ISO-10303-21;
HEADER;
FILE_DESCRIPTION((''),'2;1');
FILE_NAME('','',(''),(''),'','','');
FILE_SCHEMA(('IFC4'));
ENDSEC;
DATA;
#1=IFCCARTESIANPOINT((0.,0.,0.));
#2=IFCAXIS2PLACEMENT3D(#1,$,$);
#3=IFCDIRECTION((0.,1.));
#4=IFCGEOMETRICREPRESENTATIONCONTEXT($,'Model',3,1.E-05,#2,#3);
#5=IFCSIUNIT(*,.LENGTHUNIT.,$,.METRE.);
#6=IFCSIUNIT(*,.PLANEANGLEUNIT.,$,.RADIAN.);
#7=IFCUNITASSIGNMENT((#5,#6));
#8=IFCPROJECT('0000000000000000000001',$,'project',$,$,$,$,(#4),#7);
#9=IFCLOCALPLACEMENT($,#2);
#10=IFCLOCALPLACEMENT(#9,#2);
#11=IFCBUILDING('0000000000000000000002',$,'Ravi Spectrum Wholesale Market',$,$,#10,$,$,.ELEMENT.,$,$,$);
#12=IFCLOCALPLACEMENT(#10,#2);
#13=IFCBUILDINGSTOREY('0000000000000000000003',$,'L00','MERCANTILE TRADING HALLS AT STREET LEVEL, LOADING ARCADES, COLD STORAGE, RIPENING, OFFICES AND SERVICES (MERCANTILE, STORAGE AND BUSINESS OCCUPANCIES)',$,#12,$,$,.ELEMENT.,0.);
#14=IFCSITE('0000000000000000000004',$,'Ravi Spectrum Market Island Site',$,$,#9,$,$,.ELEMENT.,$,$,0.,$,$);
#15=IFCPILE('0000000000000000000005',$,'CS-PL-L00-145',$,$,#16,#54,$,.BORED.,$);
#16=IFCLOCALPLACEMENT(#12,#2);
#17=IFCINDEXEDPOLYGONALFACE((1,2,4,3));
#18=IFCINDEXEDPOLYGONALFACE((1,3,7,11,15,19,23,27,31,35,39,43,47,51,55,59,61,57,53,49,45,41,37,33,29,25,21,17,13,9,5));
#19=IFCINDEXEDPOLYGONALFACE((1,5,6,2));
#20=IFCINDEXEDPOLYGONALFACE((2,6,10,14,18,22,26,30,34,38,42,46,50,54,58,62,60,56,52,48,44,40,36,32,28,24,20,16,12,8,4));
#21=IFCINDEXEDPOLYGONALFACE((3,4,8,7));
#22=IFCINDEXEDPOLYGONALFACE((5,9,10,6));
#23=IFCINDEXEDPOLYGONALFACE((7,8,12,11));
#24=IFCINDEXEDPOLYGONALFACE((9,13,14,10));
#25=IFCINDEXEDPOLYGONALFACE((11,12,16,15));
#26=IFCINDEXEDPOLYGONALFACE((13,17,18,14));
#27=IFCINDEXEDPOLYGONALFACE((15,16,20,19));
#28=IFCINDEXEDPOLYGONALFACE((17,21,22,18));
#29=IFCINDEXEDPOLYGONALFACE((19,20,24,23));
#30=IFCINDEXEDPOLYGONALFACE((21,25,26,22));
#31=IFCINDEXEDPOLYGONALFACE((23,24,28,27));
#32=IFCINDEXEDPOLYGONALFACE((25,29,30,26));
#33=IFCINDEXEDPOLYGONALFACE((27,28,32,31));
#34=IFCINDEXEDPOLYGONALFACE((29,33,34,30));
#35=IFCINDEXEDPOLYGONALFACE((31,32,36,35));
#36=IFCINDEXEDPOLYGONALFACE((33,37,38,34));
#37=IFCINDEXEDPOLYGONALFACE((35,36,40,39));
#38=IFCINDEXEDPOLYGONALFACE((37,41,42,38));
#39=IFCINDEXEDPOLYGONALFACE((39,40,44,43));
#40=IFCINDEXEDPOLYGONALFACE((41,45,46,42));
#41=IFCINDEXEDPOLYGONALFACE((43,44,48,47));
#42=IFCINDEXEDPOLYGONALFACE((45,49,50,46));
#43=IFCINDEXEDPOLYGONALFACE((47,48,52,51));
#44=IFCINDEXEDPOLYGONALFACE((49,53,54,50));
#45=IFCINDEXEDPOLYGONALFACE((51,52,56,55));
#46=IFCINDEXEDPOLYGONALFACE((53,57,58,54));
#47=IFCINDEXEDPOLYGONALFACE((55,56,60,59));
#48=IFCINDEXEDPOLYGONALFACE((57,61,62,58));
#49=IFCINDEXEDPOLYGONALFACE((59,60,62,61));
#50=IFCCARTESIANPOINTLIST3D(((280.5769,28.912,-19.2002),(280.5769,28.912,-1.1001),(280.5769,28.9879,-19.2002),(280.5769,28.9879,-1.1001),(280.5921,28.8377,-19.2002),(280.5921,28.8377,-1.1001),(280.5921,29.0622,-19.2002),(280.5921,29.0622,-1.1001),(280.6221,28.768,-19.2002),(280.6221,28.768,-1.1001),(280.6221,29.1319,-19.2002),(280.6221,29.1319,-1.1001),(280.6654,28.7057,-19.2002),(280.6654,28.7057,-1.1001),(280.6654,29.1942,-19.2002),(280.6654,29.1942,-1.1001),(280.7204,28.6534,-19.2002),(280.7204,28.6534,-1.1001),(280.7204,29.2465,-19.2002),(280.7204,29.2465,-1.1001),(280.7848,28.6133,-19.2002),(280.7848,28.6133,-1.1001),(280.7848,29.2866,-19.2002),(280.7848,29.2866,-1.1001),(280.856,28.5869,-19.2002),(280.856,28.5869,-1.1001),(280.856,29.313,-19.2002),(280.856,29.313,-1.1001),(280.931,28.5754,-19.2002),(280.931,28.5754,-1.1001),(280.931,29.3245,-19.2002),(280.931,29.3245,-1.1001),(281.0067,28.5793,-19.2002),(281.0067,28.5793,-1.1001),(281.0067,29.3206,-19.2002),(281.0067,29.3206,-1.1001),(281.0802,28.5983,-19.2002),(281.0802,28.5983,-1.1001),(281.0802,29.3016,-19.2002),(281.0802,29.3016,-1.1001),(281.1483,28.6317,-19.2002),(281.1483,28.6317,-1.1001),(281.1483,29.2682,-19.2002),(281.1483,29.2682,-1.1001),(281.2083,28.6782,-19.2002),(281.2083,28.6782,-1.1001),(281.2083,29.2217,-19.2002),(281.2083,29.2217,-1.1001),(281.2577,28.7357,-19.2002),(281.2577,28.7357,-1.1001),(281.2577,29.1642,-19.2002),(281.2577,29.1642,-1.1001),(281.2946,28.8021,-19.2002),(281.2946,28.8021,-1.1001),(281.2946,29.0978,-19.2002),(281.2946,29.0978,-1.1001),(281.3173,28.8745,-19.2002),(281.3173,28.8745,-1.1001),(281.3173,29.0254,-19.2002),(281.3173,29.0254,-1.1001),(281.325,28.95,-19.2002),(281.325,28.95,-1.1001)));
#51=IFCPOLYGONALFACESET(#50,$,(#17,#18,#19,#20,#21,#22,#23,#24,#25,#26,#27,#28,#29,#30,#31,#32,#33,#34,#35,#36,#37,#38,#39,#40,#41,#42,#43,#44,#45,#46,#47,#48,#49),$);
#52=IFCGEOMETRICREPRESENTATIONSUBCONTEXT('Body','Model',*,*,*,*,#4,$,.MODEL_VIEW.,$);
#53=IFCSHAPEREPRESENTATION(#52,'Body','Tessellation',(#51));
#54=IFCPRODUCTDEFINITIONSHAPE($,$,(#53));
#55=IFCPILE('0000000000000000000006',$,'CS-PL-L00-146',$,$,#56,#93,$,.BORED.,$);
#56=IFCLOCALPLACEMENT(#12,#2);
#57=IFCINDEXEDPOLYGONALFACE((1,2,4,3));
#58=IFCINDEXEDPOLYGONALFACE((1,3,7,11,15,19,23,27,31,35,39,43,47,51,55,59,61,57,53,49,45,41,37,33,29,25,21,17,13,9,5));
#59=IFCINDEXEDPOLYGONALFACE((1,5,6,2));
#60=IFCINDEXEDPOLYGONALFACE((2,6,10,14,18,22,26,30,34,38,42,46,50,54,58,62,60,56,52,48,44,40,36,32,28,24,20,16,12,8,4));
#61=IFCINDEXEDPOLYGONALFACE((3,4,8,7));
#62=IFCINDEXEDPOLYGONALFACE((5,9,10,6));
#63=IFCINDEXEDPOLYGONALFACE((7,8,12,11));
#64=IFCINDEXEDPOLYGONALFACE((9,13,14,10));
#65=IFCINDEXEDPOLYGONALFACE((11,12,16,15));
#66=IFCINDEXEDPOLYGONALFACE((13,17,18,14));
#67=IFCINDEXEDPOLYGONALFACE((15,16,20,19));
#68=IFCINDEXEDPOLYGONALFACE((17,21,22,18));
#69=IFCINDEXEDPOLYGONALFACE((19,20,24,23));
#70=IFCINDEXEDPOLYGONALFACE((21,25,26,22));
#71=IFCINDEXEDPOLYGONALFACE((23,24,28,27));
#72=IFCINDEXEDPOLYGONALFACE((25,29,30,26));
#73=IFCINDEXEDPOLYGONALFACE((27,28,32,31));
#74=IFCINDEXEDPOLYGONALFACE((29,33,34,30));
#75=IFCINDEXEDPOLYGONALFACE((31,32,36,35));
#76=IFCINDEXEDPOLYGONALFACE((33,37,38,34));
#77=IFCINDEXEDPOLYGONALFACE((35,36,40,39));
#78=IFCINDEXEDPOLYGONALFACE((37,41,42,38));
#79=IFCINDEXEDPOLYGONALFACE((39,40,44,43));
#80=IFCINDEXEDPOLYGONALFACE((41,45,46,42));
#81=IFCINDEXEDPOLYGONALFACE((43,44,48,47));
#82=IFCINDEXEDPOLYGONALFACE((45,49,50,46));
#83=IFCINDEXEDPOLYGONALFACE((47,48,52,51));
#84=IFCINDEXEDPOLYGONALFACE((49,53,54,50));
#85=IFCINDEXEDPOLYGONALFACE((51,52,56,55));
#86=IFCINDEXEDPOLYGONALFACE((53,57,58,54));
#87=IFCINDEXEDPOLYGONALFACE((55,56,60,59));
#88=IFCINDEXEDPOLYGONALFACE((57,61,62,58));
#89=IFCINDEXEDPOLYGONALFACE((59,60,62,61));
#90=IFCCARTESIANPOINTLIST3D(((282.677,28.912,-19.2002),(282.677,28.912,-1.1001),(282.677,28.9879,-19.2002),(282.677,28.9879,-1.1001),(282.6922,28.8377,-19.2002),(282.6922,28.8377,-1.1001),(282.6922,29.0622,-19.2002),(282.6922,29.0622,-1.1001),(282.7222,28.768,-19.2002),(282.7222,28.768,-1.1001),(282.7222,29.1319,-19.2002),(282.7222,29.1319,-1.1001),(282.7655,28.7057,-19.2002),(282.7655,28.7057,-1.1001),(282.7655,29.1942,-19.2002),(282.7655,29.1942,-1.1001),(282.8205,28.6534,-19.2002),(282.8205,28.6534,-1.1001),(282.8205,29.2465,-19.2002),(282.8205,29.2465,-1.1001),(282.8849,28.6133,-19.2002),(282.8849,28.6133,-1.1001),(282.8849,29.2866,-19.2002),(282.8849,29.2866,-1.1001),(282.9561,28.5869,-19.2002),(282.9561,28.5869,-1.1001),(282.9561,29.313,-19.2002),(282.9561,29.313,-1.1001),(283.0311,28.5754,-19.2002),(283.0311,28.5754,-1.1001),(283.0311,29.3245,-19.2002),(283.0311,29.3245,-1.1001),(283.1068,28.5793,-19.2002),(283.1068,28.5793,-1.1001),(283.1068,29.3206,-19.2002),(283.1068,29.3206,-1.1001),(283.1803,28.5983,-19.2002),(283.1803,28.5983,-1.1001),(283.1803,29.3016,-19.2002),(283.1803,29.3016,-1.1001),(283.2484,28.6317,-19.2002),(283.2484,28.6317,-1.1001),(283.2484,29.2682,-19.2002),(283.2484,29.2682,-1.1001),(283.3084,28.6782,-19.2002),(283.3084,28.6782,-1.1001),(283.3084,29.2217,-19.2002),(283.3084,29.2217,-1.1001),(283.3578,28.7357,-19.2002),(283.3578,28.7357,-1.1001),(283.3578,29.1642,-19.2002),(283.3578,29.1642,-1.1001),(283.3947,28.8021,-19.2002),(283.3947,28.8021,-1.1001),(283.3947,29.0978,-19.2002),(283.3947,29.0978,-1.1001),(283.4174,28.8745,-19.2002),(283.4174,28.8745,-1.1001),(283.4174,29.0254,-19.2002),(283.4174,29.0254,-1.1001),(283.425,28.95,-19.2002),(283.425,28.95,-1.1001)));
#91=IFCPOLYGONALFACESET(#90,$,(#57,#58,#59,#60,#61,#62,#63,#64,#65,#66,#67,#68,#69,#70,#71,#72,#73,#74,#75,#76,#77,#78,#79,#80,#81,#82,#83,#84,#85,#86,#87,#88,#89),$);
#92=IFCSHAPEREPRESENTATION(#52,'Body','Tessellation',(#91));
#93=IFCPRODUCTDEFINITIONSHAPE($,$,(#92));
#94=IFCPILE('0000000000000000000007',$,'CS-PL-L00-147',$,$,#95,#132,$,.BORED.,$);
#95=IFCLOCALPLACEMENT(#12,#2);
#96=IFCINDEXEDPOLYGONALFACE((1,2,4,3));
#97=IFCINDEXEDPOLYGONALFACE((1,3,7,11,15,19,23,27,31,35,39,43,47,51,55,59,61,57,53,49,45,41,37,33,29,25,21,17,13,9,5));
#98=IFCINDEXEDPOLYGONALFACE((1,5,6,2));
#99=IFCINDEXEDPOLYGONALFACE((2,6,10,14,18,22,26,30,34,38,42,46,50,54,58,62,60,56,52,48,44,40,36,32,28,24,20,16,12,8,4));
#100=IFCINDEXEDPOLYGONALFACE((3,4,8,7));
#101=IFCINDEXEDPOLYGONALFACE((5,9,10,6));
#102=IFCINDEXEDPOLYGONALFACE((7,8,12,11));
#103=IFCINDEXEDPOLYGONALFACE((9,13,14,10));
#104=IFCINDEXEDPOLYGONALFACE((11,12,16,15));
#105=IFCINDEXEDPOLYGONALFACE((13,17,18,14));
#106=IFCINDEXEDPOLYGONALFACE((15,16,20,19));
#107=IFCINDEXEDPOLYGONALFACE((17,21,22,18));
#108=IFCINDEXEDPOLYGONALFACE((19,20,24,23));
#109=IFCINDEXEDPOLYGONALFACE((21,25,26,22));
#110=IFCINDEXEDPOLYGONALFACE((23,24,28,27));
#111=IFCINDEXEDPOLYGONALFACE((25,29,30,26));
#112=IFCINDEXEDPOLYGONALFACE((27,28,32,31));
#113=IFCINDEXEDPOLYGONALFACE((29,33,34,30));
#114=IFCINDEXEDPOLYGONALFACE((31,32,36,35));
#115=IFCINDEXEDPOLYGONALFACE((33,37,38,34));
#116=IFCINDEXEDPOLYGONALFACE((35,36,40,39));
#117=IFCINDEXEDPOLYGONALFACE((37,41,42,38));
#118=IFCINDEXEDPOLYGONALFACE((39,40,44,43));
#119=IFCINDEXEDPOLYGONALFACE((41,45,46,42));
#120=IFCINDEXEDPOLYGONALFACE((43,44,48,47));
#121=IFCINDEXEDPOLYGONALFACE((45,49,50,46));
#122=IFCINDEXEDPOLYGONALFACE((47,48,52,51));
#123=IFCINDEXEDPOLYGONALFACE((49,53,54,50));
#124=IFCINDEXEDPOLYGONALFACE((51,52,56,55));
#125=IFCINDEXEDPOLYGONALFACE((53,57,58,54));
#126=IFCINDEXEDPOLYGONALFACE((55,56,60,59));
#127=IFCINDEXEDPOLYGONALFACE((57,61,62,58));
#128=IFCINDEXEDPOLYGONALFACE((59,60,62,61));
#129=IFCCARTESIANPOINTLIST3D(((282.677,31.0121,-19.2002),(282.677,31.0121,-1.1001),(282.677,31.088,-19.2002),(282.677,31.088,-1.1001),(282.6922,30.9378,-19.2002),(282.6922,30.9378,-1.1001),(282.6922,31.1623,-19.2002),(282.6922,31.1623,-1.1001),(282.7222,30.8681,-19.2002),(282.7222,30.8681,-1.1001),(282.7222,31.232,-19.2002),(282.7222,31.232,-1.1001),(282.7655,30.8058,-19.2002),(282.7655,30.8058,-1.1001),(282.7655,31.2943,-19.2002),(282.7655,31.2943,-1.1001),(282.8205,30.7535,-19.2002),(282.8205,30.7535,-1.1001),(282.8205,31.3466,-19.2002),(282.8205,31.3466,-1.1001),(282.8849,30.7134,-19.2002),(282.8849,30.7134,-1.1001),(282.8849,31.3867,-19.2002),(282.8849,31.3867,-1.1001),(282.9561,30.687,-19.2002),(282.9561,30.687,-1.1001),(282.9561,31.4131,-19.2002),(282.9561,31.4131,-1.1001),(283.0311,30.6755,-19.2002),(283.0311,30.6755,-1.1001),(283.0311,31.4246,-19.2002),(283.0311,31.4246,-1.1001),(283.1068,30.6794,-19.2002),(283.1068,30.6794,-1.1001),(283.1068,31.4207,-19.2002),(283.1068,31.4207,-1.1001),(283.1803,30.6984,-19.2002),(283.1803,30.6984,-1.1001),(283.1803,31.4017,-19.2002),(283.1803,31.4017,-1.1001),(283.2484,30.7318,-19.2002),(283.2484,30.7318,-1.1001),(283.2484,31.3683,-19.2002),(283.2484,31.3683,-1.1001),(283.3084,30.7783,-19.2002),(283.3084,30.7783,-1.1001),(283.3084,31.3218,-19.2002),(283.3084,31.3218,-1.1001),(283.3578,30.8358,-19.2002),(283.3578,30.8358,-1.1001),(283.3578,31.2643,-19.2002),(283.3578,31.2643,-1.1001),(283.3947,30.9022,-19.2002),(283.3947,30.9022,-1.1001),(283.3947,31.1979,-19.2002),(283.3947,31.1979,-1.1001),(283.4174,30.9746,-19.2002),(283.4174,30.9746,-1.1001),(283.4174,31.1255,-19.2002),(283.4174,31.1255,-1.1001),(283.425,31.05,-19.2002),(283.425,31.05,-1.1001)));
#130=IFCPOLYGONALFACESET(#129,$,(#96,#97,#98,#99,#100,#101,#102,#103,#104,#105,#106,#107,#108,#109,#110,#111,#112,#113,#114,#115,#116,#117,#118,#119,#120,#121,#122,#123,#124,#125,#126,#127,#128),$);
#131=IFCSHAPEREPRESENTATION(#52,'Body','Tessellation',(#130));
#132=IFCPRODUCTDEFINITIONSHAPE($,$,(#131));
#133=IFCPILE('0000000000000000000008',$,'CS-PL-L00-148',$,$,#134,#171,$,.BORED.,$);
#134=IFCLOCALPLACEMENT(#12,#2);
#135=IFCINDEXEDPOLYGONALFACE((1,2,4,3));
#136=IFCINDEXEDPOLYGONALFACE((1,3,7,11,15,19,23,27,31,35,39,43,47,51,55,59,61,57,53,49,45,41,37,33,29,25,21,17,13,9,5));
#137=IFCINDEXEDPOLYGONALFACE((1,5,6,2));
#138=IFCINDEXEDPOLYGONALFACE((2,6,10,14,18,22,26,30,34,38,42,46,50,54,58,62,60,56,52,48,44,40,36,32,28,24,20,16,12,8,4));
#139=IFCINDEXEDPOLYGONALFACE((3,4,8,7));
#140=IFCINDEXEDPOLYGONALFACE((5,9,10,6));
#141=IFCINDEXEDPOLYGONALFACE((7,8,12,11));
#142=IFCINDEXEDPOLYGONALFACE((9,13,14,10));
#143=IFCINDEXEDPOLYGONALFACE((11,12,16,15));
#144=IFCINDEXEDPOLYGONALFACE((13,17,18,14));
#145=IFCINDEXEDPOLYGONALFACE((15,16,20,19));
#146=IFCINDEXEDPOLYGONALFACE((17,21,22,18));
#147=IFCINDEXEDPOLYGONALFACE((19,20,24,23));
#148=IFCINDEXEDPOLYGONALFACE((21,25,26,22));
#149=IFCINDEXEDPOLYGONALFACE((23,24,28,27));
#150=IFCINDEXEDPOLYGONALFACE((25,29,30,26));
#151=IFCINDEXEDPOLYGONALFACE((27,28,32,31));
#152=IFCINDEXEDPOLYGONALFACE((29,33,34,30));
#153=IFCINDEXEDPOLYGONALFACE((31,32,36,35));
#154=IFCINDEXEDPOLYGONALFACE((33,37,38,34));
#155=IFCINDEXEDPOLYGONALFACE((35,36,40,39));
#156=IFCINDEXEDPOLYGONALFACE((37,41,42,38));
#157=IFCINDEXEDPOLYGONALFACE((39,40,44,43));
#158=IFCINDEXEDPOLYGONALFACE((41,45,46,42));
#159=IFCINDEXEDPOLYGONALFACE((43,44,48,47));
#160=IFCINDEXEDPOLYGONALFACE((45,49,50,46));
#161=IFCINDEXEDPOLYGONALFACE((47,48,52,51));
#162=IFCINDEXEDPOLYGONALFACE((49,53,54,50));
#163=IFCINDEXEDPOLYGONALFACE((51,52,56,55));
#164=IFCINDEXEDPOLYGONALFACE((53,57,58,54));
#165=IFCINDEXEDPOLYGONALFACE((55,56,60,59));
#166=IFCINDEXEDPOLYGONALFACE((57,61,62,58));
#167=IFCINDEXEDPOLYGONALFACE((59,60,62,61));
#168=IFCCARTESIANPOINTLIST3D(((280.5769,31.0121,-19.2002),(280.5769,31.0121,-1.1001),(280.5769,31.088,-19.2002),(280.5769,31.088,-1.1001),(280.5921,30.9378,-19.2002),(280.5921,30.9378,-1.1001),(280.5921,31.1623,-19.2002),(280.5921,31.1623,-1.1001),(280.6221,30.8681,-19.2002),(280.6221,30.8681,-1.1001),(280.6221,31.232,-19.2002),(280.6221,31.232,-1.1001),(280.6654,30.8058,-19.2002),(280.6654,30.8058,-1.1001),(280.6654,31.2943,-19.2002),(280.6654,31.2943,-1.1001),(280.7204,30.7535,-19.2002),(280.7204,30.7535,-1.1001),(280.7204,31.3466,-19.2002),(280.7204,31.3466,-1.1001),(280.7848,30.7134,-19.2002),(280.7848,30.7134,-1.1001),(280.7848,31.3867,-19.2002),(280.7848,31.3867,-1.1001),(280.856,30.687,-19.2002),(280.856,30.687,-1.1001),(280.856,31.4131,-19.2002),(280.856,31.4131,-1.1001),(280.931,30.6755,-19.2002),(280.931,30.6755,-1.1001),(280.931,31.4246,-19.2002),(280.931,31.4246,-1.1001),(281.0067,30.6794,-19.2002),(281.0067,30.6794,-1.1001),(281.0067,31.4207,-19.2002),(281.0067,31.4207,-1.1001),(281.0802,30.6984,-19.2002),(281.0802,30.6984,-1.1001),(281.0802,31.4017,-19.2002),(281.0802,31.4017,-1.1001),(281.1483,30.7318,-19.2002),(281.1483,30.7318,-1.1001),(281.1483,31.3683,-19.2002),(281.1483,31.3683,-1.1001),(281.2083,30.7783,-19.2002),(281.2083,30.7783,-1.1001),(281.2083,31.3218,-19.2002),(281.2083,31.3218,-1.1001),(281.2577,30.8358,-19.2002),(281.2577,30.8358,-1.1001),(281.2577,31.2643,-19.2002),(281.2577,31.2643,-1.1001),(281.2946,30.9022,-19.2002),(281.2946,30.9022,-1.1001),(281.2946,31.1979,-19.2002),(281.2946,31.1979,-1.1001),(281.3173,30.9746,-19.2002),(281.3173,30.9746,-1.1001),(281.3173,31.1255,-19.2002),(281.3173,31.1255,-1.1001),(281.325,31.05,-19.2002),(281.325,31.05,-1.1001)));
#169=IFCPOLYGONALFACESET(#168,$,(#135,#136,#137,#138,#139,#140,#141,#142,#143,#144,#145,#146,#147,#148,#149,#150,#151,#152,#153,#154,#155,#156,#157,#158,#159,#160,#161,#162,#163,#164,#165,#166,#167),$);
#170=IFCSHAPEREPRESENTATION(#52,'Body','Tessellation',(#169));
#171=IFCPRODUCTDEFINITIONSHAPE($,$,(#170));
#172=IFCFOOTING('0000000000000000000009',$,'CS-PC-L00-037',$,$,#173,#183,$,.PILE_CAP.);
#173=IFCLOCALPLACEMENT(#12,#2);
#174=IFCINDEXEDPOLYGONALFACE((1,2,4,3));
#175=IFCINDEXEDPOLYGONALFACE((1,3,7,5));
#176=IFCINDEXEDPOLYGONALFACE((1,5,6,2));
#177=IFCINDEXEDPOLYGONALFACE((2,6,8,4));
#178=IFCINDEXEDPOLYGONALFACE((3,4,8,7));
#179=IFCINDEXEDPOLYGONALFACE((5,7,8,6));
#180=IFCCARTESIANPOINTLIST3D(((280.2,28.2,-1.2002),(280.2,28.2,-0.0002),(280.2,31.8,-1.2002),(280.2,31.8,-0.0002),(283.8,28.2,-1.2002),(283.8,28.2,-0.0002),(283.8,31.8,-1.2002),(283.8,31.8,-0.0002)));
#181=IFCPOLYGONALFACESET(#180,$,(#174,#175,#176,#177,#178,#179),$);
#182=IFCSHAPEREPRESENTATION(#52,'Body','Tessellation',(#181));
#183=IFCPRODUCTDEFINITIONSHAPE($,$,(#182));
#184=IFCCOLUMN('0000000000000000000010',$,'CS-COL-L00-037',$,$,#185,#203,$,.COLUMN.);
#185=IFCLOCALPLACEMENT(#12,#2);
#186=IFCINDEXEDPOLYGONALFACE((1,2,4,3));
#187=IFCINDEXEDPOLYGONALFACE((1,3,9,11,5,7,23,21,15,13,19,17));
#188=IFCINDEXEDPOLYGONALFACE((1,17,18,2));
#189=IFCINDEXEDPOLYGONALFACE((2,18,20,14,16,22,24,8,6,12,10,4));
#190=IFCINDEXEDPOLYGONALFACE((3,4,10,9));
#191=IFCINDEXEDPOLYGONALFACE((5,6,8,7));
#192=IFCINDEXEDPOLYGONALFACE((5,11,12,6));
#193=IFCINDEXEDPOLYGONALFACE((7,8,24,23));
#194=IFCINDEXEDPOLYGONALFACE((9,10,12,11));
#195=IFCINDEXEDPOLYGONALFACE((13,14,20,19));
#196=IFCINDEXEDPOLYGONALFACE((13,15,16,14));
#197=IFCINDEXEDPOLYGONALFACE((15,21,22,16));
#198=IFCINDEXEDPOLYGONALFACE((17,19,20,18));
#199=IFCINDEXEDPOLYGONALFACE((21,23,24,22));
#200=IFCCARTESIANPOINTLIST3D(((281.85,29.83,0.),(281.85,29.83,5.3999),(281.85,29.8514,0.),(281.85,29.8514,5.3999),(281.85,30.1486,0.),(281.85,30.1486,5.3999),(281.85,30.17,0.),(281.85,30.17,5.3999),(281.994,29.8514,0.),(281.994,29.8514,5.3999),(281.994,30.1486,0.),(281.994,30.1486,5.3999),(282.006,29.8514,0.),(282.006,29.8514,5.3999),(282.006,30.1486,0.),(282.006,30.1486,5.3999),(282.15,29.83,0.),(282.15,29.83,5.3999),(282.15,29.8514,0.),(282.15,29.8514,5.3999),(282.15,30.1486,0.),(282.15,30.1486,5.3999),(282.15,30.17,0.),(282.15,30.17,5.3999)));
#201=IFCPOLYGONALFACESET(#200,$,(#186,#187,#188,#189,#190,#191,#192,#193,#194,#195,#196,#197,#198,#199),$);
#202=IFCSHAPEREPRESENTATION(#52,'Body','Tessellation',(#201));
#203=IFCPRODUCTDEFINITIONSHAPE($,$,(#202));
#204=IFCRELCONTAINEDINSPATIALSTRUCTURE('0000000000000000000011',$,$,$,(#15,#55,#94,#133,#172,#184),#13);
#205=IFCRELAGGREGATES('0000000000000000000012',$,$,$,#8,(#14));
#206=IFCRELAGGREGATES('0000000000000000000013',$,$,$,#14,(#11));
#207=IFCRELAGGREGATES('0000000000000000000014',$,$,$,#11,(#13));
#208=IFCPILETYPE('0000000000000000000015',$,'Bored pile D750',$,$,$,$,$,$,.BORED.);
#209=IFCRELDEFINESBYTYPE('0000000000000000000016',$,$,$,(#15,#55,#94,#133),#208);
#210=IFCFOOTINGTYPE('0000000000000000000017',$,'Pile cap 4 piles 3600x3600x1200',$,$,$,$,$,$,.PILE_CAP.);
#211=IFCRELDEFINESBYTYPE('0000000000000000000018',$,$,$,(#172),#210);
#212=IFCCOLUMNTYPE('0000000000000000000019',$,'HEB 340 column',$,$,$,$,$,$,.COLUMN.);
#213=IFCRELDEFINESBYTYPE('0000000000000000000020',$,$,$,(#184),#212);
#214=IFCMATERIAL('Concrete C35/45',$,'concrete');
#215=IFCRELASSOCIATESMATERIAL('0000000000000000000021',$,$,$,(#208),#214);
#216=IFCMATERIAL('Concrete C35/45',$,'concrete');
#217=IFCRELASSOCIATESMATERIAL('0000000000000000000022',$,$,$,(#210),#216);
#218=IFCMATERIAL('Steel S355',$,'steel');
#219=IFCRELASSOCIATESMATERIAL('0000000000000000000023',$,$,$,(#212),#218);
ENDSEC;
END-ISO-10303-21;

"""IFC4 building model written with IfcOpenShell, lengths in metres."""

from ifc_helpers import new_model, si_unit, direction, frame, origin, origin_2d, place, context, subcontext, project, spatial, rectangle, circle, i_section, extrude, material, material_profile, profile_set, type_object, element, save


model = new_model("IFC4")

# Units and contexts
model_context = context("Model", 3, precision=1e-05, world=origin(), true_north=direction((0.0, 1.0)))
body_context = subcontext(model_context, "Body", "Model", "MODEL_VIEW")
ifc_project = project(units=[si_unit("LENGTHUNIT", "METRE"), si_unit("PLANEANGLEUNIT", "RADIAN")], contexts=[model_context])

# Site, building, storey
site_placement = place(None, origin())
site = spatial("IfcSite", under=ifc_project, at=site_placement, Name="Ravi Spectrum Market Island Site", CompositionType="ELEMENT", RefElevation=0.0)
building_placement = place(site_placement, origin())
building = spatial("IfcBuilding", under=site, at=building_placement, Name="Ravi Spectrum Wholesale Market", CompositionType="ELEMENT")
storey_placement = place(building_placement, origin())
storey = spatial("IfcBuildingStorey", under=building, at=storey_placement, Name="L00", Description="MERCANTILE TRADING HALLS AT STREET LEVEL, LOADING ARCADES, COLD STORAGE, RIPENING, OFFICES AND SERVICES (MERCANTILE, STORAGE AND BUSINESS OCCUPANCIES)", CompositionType="ELEMENT", Elevation=0.0)

# Piles
ifc_material_1 = material(Name="Concrete C35/45", Category="concrete")
ifc_material_profile_1 = material_profile(ifc_material_1, circle(Radius=0.375, at=origin_2d()))
ifc_profile_set_1 = profile_set([ifc_material_profile_1], Name="Concrete C35/45")
pile_type = type_object("IfcPileType", Name="Bored pile D750", PredefinedType="BORED", material=ifc_profile_set_1)
for number, where, z_axis, x_axis, name in (
    (1, (280.95, 28.95, -1.1001), (0.0, 0.0, -1.0), (1.0, 0.0, 0.0), "CS-PL-L00-145"),
    (2, (283.05, 28.95, -1.1001), (0.0, 0.0, -1.0), (1.0, 0.0, 0.0), "CS-PL-L00-146"),
    (3, (283.05, 31.05, -1.1001), (0.0, 0.0, -1.0), (1.0, 0.0, 0.0), "CS-PL-L00-147"),
    (4, (280.95, 31.05, -1.1001), (0.0, 0.0, -1.0), (1.0, 0.0, 0.0), "CS-PL-L00-148"),
):
    element("IfcPile", number, at=place(storey_placement, frame(where, z_axis=z_axis, x_axis=x_axis)), inside=storey, type_object=pile_type, Name=name, PredefinedType="BORED", context=body_context, shape_type="SweptSolid", body=[
        extrude(circle(Radius=0.375, at=origin_2d()), origin(), (0.0, 0.0, 1.0), 18.1001),
    ])

# Footing
ifc_material_2 = material(Name="Concrete C35/45", Category="concrete")
footing_type = type_object("IfcFootingType", Name="Pile cap 4 piles 3600x3600x1200", PredefinedType="PILE_CAP", material=ifc_material_2)
footing_placement = place(storey_placement, frame((282.0, 30.0, -1.2002), z_axis=(0.0, 0.0, 1.0), x_axis=(1.0, 0.0, 0.0)))
element("IfcFooting", 5, at=footing_placement, inside=storey, type_object=footing_type, Name="CS-PC-L00-037", PredefinedType="PILE_CAP", context=body_context, shape_type="SweptSolid", body=[
    extrude(rectangle(XDim=3.6001, YDim=3.6001, at=origin_2d()), origin(), (0.0, 0.0, 1.0), 1.2),
])

# Column
ifc_material_3 = material(Name="Steel S355", Category="steel")
ifc_material_profile_2 = material_profile(ifc_material_3, i_section(OverallWidth=0.3, OverallDepth=0.3401, WebThickness=0.012, FlangeThickness=0.0215, at=origin_2d()))
ifc_profile_set_2 = profile_set([ifc_material_profile_2], Name="Steel S355")
column_type = type_object("IfcColumnType", Name="HEB 340 column", PredefinedType="COLUMN", material=ifc_profile_set_2)
column_placement = place(storey_placement, frame((282.0, 30.0, 0.0), z_axis=(0.0, 0.0, 1.0), x_axis=(1.0, 0.0, 0.0)))
element("IfcColumn", 6, at=column_placement, inside=storey, type_object=column_type, Name="CS-COL-L00-037", PredefinedType="COLUMN", context=body_context, shape_type="SweptSolid", body=[
    extrude(i_section(OverallWidth=0.3, OverallDepth=0.3401, WebThickness=0.012, FlangeThickness=0.0215, at=origin_2d()), origin(), (0.0, 0.0, 1.0), 5.3999),
])

save(model, "model.ifc")
